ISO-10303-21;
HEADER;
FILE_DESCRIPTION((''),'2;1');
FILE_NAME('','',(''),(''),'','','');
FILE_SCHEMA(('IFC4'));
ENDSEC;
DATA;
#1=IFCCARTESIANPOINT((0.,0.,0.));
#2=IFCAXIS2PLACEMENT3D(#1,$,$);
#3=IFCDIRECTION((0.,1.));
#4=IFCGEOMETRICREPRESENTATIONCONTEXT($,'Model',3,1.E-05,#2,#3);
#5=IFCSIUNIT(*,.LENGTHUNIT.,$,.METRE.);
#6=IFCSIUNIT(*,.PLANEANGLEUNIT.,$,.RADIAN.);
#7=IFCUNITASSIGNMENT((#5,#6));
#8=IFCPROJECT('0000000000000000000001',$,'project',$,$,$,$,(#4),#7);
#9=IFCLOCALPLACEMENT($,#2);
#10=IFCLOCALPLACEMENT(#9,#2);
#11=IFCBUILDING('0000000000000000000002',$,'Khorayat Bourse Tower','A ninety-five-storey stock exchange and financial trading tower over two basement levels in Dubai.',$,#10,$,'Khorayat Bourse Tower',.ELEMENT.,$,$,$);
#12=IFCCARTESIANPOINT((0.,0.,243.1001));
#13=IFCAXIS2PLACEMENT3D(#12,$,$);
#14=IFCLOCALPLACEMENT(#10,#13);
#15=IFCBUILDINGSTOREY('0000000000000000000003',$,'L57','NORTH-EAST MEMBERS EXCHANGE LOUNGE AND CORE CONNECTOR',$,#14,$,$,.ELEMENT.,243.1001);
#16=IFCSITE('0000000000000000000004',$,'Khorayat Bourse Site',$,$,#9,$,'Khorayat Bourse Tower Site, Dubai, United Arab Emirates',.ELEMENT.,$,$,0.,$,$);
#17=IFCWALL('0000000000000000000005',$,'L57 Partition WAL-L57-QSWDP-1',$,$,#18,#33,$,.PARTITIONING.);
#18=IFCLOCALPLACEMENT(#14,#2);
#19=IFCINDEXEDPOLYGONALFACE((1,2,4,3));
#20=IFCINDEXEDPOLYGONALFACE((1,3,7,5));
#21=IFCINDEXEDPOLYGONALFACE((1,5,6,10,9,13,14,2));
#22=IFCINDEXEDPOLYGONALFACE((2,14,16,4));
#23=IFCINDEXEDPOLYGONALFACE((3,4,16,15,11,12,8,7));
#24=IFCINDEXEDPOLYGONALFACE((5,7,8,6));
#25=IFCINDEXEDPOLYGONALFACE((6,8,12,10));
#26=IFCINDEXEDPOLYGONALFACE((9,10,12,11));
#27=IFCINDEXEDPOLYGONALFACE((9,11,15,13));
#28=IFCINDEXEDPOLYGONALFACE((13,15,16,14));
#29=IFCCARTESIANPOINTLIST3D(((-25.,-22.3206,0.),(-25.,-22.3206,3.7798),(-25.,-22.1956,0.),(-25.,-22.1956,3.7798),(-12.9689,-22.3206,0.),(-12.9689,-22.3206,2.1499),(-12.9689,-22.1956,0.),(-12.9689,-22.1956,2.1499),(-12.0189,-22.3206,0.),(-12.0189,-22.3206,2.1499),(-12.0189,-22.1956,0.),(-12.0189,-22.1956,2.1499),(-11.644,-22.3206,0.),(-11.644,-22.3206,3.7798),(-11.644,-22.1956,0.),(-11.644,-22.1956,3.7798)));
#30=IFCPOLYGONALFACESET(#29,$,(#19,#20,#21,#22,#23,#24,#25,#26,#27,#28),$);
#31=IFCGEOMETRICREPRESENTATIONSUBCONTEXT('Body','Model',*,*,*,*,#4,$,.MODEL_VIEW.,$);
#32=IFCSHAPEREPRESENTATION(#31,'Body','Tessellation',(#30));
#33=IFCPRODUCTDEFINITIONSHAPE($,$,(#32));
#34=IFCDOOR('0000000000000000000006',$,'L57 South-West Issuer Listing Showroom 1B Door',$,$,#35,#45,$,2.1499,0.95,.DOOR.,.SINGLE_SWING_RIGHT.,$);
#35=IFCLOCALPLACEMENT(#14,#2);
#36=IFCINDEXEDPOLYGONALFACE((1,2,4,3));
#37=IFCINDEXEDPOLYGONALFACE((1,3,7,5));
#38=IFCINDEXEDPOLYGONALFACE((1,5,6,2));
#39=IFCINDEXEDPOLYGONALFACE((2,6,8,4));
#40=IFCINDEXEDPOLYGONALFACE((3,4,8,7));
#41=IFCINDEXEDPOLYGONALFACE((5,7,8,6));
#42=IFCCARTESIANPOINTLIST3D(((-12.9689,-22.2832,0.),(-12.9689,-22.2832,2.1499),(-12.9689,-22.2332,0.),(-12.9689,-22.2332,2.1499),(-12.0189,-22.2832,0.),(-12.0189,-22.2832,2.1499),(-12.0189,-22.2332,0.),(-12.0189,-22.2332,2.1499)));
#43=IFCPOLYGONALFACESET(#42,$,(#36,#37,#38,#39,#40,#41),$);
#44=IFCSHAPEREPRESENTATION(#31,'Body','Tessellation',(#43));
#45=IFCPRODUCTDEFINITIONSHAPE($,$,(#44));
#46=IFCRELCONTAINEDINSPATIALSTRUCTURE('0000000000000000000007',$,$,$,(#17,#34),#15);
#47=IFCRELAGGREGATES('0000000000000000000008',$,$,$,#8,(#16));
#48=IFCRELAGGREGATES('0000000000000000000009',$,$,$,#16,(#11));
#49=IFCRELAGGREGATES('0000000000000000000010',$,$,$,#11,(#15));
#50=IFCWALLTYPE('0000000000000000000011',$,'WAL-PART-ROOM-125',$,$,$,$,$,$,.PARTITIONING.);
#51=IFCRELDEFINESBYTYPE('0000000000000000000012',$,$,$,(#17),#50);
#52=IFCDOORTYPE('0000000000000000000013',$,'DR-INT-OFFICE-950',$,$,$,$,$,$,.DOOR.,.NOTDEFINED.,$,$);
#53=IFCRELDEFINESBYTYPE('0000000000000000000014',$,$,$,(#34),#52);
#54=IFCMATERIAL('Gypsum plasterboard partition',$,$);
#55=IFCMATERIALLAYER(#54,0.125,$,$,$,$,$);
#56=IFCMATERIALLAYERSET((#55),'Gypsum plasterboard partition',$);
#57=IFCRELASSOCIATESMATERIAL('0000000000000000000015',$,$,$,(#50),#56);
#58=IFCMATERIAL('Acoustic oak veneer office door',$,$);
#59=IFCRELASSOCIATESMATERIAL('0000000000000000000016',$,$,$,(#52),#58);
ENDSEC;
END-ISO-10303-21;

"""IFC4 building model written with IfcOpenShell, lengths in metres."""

from ifc_helpers import new_model, si_unit, direction, frame, frame_2d, origin, place, context, subcontext, project, spatial, rectangle, extrude, source, transform, mapped, material, layer, layer_set, type_object, element, fill, save


model = new_model("IFC4")

# Units and contexts
model_context = context("Model", 3, precision=1e-05, world=origin(), true_north=direction((0.0, 1.0)))
body_context = subcontext(model_context, "Body", "Model", "MODEL_VIEW")
ifc_project = project(units=[si_unit("LENGTHUNIT", "METRE"), si_unit("PLANEANGLEUNIT", "RADIAN")], contexts=[model_context])

# Site, building, storey
site_placement = place(None, origin())
site = spatial("IfcSite", under=ifc_project, at=site_placement, Name="Khorayat Bourse Site", LongName="Khorayat Bourse Tower Site, Dubai, United Arab Emirates", CompositionType="ELEMENT", RefElevation=0.0)
building_placement = place(site_placement, origin())
building = spatial("IfcBuilding", under=site, at=building_placement, Name="Khorayat Bourse Tower", Description="A ninety-five-storey stock exchange and financial trading tower over two basement levels in Dubai.", LongName="Khorayat Bourse Tower", CompositionType="ELEMENT")
storey_placement = place(building_placement, frame((0.0, 0.0, 243.1001)))
storey = spatial("IfcBuildingStorey", under=building, at=storey_placement, Name="L57", Description="NORTH-EAST MEMBERS EXCHANGE LOUNGE AND CORE CONNECTOR", CompositionType="ELEMENT", Elevation=243.1001)

# Wall, opening, door
ifc_material_1 = material(Name="Gypsum plasterboard partition")
ifc_layer_1 = layer(ifc_material_1, 0.125)
ifc_layer_set_1 = layer_set([ifc_layer_1], Name="Gypsum plasterboard partition")
wall_type_1 = type_object("IfcWallType", Name="WAL-PART-ROOM-125", PredefinedType="PARTITIONING", material=ifc_layer_set_1)
shared_shape_1 = source(origin(), body_context, "Body", "SweptSolid", [
    extrude(rectangle(XDim=13.356, YDim=0.125, at=frame_2d((6.678, 0.0))), origin(), (0.0, 0.0, 1.0), 3.7798),
])
wall_1_placement = place(storey_placement, frame((-25.0, -22.2581, 0.0), z_axis=(0.0, 0.0, 1.0), x_axis=(1.0, 0.0, 0.0)))
wall_1 = element("IfcWall", 1, at=wall_1_placement, inside=storey, type_object=wall_type_1, Name="L57 Partition WAL-L57-QSWDP-1", PredefinedType="PARTITIONING", context=body_context, shape_type="MappedRepresentation", body=[
    mapped(shared_shape_1, transform((0.0, 0.0, 0.0), scale=1.0)),
])
shared_shape_2 = source(origin(), body_context, "Body", "SweptSolid", [
    extrude(rectangle(XDim=0.95, YDim=2.1499, at=frame_2d((0.4751, 1.075))), frame((0.0, 0.0725, 0.0), z_axis=(0.0, -1.0, 0.0), x_axis=(1.0, 0.0, 0.0)), (0.0, 0.0, 1.0), 0.145),
])
opening_1_placement = place(wall_1_placement, frame((12.031, 0.0, 0.0)))
opening_1 = element("IfcOpeningElement", 2, at=opening_1_placement, cuts=wall_1, PredefinedType="OPENING", context=body_context, shape_type="MappedRepresentation", body=[
    mapped(shared_shape_2, transform((0.0, 0.0, 0.0), scale=1.0)),
])
ifc_material_2 = material(Name="Acoustic oak veneer office door")
door_type = type_object("IfcDoorType", Name="DR-INT-OFFICE-950", OperationType="NOTDEFINED", PredefinedType="DOOR", material=ifc_material_2)
shared_shape_3 = source(origin(), body_context, "Body", "SweptSolid", [
    extrude(rectangle(XDim=0.95, YDim=2.1499, at=frame_2d((0.4751, 1.075))), frame((0.0, 0.0249, 0.0), z_axis=(0.0, -1.0, 0.0), x_axis=(1.0, 0.0, 0.0)), (0.0, 0.0, 1.0), 0.05),
])
door_placement = place(opening_1_placement, origin())
door = element("IfcDoor", 3, at=door_placement, inside=storey, type_object=door_type, Name="L57 South-West Issuer Listing Showroom 1B Door", OperationType="SINGLE_SWING_RIGHT", OverallHeight=2.1499, OverallWidth=0.95, PredefinedType="DOOR", context=body_context, shape_type="MappedRepresentation", body=[
    mapped(shared_shape_3, transform((0.0, 0.0, 0.0), scale=1.0)),
])
fill(opening_1, door)

save(model, "model.ifc")
